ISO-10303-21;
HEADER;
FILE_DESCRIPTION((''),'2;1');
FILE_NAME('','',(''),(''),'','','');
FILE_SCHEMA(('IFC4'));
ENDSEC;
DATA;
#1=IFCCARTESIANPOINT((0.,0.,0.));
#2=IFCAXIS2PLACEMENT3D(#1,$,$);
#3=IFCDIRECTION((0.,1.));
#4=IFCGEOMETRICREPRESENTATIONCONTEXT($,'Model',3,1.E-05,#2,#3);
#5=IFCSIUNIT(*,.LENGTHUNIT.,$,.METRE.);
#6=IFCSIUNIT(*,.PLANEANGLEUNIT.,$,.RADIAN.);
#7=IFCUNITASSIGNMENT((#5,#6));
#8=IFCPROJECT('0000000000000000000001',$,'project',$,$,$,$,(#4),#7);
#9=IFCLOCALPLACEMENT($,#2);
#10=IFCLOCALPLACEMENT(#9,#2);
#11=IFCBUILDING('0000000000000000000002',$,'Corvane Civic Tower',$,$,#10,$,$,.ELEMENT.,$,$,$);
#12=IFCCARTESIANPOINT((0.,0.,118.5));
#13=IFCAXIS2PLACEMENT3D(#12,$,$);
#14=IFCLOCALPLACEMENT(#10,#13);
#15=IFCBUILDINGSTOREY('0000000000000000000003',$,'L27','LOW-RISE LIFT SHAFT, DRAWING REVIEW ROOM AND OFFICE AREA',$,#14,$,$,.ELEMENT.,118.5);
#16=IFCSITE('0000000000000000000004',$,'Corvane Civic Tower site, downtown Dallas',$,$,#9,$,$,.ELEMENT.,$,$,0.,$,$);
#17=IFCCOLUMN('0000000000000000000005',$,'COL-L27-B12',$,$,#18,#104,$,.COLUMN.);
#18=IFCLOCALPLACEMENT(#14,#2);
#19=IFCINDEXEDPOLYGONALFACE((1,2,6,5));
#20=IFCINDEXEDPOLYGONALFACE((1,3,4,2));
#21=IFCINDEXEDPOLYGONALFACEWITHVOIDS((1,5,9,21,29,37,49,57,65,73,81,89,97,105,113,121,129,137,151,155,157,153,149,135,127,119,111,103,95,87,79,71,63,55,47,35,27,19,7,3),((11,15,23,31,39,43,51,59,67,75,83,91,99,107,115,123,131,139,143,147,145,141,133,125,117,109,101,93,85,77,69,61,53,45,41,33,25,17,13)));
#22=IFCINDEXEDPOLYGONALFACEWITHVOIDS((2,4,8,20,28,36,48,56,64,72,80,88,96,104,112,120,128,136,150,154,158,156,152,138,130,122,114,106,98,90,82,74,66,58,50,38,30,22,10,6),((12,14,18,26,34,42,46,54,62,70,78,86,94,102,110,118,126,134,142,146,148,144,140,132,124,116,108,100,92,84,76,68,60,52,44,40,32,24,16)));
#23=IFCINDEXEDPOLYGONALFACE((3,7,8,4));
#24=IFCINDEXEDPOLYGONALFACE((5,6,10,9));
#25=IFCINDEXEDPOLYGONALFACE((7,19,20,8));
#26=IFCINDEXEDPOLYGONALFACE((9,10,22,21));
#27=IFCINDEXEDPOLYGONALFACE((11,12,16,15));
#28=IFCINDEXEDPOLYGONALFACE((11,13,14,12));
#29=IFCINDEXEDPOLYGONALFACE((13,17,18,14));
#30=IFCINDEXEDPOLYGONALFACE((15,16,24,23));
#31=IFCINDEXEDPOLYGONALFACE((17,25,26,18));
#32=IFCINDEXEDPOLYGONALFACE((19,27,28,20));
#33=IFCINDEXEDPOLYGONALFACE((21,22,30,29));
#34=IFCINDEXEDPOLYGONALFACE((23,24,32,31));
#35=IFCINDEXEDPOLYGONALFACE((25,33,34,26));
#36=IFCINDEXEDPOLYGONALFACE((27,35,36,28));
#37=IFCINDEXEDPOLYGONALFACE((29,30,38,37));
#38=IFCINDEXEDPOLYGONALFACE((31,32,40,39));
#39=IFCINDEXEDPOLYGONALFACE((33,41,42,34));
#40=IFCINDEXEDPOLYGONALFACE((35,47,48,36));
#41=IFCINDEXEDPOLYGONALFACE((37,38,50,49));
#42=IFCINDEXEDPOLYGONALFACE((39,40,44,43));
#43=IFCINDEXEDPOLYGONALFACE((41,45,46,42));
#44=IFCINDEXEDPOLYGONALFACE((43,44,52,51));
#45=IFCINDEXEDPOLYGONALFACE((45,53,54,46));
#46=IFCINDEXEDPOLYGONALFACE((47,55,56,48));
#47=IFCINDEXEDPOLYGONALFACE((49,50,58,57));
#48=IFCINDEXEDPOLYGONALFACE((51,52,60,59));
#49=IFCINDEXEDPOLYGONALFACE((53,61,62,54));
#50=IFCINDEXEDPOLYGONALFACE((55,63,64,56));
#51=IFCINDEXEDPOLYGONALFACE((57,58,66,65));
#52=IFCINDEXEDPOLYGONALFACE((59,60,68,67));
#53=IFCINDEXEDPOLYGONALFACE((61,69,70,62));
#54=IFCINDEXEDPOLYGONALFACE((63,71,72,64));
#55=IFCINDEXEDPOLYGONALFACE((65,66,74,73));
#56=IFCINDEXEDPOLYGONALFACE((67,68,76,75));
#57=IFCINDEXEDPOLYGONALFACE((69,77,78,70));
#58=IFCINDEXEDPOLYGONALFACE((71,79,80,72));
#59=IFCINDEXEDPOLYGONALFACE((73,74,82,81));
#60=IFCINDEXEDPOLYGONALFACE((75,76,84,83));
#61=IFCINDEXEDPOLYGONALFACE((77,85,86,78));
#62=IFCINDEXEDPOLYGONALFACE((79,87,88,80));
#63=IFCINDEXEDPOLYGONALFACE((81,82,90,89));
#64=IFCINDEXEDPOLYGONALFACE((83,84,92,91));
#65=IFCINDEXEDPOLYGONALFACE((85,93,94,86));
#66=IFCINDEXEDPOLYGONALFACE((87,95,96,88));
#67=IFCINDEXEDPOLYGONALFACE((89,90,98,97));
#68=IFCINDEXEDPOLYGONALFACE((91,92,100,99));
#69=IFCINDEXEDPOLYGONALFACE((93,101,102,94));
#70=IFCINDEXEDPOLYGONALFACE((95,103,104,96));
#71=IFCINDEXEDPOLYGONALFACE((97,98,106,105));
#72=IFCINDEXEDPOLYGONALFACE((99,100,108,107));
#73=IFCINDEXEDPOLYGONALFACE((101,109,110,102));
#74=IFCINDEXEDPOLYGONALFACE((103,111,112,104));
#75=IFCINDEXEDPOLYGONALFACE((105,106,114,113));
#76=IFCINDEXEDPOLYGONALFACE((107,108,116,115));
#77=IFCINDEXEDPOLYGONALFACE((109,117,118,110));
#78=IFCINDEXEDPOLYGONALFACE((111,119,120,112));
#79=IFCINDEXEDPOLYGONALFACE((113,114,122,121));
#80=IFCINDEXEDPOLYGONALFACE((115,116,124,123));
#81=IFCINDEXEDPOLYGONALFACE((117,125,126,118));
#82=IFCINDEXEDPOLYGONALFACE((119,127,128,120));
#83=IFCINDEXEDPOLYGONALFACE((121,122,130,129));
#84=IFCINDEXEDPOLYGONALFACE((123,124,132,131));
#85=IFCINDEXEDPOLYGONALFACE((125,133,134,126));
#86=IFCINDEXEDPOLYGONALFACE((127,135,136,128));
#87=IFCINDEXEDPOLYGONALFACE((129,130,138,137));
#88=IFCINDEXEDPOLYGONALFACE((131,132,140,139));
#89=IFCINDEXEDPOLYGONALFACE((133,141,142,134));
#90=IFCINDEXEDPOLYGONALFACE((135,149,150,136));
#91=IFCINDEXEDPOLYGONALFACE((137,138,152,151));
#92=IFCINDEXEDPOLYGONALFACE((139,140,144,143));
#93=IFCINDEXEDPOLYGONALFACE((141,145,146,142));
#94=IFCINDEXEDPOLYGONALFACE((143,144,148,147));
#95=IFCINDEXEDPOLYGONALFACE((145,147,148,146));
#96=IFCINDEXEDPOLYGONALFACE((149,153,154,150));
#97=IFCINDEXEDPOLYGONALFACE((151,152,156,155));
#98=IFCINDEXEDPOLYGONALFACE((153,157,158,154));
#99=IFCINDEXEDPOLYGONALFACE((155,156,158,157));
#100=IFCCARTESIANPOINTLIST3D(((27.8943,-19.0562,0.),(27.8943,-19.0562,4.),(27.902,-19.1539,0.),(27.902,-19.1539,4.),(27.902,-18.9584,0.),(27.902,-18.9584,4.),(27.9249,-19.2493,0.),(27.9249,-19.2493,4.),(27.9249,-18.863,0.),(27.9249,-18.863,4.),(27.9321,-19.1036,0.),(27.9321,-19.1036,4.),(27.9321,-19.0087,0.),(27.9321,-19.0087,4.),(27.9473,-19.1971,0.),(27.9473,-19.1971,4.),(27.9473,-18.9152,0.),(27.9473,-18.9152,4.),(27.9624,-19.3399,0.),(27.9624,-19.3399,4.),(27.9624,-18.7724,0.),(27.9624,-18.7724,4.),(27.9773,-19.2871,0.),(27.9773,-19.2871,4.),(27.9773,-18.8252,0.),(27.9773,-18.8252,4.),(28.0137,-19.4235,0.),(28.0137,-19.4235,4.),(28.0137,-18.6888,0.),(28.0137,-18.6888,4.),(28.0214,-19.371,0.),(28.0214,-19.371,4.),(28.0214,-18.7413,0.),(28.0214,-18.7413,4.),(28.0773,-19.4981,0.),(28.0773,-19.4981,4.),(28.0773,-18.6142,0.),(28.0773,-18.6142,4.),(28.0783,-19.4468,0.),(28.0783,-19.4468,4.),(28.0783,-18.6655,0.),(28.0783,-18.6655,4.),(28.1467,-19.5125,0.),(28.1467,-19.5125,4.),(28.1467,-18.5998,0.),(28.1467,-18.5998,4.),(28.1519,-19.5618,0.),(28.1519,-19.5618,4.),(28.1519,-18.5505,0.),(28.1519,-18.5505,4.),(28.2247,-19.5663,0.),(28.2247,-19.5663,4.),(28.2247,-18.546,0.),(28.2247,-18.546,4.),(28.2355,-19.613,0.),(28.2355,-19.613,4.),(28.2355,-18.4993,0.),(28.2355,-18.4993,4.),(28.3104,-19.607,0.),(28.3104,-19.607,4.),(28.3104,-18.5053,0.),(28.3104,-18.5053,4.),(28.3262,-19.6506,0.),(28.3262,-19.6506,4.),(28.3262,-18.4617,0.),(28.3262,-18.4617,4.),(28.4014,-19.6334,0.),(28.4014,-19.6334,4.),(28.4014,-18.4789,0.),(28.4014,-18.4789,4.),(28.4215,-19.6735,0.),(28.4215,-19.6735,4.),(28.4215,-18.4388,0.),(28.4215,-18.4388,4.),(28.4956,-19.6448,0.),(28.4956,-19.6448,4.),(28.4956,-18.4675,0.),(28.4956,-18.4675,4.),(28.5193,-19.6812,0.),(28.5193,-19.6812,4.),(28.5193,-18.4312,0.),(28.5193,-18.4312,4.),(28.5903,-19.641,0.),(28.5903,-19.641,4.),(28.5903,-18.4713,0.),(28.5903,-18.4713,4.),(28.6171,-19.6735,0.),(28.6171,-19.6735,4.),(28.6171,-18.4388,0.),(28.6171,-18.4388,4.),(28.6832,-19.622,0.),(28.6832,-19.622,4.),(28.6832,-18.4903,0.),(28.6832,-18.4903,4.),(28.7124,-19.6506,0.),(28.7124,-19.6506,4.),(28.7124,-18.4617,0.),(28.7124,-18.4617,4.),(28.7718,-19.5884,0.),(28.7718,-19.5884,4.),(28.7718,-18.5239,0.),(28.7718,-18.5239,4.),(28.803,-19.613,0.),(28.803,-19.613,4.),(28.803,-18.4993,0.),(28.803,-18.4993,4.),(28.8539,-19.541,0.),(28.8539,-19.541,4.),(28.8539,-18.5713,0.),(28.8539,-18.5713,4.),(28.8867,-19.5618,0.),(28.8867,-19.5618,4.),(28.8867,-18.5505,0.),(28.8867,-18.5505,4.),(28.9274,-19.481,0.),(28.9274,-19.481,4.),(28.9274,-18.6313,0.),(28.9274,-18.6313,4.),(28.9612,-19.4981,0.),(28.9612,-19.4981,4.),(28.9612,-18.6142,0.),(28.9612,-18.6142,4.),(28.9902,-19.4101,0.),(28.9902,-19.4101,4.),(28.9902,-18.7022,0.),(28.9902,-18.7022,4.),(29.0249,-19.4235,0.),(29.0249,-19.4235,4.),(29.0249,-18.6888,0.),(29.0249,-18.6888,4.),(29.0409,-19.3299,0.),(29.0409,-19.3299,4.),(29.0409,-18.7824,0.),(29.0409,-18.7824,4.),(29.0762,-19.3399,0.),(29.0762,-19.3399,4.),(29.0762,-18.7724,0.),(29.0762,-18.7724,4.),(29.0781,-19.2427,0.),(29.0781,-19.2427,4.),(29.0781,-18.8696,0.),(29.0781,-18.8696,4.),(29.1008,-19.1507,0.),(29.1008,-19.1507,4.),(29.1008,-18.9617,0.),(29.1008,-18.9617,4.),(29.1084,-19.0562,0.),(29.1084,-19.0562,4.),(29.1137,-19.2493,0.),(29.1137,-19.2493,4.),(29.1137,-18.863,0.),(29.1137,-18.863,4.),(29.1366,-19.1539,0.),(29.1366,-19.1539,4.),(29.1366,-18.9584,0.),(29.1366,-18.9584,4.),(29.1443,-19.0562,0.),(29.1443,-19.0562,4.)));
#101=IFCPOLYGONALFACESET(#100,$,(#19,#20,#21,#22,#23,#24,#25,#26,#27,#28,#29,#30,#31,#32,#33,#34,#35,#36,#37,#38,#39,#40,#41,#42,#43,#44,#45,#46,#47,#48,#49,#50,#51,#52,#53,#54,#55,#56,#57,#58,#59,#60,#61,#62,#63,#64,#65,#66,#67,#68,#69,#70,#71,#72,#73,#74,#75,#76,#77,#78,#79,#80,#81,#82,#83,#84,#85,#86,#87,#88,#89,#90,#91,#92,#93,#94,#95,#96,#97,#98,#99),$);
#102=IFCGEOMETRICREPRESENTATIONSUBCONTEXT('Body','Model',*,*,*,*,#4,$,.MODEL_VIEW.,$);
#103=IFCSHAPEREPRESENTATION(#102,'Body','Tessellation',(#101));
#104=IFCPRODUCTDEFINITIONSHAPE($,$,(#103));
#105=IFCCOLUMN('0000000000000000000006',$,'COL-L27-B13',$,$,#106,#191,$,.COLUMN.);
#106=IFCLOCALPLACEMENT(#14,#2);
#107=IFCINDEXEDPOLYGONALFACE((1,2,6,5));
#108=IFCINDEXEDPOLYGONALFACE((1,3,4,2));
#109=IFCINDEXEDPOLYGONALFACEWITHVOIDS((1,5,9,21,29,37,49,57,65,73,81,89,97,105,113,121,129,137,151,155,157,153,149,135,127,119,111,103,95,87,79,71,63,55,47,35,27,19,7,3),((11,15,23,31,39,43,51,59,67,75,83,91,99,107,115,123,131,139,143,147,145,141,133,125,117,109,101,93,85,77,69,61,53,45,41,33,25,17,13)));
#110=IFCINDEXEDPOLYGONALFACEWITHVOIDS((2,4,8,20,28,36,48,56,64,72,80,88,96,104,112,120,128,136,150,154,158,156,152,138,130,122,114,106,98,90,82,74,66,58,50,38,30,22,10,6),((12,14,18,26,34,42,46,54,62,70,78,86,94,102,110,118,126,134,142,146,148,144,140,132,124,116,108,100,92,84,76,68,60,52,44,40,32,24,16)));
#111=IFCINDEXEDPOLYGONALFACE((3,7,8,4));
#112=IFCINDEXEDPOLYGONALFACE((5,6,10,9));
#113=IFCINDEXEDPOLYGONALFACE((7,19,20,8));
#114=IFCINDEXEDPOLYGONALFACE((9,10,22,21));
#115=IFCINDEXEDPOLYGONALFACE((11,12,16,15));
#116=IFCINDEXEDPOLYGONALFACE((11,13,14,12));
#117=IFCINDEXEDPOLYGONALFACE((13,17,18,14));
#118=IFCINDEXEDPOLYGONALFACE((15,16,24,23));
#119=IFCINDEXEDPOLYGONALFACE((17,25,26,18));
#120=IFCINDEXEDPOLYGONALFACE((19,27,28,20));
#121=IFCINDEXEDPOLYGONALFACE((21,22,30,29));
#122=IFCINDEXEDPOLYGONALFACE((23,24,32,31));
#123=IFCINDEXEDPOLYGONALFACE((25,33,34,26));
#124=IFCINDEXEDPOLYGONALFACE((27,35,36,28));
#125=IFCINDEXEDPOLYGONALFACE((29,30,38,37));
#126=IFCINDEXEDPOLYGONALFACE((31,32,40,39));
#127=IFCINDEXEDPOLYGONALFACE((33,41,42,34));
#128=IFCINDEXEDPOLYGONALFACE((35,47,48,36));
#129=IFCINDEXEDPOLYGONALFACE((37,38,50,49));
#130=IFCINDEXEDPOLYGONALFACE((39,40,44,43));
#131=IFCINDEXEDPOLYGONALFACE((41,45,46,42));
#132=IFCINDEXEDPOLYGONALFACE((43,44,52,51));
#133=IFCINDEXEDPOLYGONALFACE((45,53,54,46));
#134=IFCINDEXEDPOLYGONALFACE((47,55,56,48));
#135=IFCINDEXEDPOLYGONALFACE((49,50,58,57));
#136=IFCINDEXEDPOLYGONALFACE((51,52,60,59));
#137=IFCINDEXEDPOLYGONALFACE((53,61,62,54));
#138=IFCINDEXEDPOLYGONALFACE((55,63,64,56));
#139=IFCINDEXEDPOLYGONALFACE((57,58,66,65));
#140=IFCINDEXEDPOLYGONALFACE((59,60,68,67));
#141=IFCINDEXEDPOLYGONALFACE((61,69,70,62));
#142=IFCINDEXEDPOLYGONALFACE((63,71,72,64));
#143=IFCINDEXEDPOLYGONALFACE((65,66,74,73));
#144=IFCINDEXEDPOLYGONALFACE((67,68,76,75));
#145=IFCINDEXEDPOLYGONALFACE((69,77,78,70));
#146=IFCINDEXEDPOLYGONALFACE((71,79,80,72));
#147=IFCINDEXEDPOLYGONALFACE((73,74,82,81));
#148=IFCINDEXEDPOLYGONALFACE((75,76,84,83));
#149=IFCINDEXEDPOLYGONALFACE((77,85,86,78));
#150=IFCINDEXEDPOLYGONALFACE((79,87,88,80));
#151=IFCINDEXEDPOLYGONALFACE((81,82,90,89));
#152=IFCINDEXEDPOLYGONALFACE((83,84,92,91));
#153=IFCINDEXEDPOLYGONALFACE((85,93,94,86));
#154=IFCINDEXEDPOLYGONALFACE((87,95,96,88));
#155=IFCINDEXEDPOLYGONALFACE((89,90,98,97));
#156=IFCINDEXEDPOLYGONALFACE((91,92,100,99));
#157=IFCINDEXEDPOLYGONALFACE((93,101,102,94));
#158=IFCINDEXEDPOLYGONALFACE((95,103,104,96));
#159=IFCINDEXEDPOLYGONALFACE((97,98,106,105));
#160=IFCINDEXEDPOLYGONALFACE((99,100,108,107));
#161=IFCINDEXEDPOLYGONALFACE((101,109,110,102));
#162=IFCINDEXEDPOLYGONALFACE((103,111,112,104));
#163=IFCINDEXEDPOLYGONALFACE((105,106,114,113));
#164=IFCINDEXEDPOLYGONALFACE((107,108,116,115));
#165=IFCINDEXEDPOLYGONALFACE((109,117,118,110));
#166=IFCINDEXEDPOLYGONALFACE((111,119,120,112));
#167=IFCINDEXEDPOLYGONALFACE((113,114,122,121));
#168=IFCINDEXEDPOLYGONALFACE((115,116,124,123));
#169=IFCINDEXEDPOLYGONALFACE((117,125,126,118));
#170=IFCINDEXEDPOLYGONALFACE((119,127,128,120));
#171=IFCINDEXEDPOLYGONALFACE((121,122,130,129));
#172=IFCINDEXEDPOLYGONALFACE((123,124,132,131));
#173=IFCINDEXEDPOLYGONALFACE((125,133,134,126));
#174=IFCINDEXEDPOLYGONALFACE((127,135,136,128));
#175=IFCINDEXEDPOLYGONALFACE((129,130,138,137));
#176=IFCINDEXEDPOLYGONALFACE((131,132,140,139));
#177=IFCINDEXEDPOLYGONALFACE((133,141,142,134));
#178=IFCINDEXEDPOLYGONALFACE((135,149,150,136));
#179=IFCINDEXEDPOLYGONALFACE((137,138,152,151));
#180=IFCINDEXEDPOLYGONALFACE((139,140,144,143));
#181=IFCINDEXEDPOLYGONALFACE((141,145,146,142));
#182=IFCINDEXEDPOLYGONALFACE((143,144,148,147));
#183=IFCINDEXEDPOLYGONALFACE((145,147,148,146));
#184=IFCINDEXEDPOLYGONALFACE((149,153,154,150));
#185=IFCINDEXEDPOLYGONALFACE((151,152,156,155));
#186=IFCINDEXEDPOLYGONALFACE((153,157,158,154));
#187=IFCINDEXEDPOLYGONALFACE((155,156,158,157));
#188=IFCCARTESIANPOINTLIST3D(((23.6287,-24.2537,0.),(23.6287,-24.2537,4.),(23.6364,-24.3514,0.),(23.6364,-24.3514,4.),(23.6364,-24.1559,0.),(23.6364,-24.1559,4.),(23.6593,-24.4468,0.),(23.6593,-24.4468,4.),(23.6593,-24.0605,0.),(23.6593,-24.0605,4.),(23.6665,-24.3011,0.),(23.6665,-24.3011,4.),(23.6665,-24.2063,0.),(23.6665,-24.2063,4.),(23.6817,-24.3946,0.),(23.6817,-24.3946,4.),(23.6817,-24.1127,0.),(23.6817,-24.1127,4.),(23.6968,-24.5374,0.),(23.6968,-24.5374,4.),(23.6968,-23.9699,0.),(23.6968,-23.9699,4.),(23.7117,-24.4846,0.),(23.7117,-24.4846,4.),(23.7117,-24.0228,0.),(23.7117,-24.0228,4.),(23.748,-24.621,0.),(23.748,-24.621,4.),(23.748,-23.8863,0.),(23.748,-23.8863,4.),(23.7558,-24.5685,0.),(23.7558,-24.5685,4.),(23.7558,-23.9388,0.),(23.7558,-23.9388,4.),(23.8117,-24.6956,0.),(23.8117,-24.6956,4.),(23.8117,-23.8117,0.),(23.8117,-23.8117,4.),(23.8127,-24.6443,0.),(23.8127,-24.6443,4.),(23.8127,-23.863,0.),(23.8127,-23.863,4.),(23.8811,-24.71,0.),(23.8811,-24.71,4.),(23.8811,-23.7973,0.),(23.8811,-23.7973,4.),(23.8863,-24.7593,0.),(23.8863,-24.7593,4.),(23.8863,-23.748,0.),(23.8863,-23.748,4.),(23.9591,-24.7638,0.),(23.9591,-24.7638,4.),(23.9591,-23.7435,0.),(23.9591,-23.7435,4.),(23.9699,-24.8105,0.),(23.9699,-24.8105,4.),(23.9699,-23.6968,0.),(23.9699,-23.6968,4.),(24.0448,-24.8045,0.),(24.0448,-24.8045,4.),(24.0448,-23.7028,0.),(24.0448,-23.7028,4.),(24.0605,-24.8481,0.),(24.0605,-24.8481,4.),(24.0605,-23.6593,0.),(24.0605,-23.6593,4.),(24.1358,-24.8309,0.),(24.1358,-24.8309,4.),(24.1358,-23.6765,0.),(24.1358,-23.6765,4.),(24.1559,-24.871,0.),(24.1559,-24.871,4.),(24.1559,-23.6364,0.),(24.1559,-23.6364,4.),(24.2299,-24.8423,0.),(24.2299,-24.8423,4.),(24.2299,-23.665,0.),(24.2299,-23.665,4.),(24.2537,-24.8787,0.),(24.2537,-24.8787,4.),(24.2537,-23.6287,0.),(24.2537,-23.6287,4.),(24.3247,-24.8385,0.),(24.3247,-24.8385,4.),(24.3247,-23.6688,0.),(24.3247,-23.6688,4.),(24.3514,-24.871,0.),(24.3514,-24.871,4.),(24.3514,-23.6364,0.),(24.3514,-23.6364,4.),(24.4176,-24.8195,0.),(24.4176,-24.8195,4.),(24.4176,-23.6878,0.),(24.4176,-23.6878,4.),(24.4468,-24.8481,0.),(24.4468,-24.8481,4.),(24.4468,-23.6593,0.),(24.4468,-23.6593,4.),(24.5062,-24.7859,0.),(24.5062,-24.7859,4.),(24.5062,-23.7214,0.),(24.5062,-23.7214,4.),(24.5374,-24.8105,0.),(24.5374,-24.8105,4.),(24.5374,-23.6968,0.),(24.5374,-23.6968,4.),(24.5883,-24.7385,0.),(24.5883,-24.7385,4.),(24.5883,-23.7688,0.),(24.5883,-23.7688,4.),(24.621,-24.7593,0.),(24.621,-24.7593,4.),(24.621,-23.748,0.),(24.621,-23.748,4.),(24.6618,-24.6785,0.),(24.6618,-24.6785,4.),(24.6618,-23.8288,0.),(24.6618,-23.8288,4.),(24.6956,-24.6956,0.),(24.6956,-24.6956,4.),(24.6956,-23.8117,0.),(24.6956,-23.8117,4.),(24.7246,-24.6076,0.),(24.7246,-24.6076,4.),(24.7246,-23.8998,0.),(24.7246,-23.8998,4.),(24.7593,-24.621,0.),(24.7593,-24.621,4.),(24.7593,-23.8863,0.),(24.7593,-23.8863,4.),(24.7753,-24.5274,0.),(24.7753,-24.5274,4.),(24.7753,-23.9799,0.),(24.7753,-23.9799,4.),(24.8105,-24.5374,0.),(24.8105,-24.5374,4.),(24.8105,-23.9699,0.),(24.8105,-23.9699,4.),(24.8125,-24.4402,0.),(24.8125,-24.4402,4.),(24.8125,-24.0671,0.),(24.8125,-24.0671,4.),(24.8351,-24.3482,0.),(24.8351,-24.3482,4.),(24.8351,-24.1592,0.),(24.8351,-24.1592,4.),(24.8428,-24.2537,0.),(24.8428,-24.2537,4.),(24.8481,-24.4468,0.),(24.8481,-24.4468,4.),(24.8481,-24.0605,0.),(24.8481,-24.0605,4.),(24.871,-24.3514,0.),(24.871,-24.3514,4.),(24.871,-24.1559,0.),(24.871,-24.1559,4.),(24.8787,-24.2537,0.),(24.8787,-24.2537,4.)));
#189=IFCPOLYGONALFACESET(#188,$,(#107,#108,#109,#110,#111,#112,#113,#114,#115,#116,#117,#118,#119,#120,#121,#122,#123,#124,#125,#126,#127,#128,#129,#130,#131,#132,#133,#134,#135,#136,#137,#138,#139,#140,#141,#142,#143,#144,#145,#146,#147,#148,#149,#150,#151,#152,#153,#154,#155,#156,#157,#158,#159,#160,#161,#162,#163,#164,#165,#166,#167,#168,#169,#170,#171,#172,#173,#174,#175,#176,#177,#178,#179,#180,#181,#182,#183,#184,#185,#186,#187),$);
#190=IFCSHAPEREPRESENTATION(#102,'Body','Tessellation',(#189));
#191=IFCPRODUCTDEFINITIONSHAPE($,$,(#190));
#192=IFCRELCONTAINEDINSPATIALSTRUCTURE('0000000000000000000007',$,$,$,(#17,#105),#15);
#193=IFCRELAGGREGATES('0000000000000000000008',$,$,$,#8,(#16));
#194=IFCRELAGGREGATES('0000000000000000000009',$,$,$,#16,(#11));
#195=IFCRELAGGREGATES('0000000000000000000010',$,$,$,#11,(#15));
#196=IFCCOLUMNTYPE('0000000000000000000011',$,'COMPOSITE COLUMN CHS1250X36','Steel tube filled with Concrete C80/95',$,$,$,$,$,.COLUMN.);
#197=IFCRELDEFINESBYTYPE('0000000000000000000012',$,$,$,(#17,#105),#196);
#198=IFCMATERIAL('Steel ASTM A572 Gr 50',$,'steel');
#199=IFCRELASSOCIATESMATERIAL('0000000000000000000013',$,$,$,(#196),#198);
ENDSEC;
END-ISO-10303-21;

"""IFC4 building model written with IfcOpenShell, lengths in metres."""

from ifc_helpers import new_model, si_unit, direction, frame, origin, origin_2d, place, context, subcontext, project, spatial, hollow_circle, extrude, material, material_profile, profile_set, type_object, element, save


model = new_model("IFC4")

# Units and contexts
model_context = context("Model", 3, precision=1e-05, world=origin(), true_north=direction((0.0, 1.0)))
body_context = subcontext(model_context, "Body", "Model", "MODEL_VIEW")
ifc_project = project(units=[si_unit("LENGTHUNIT", "METRE"), si_unit("PLANEANGLEUNIT", "RADIAN")], contexts=[model_context])

# Site, building, storey
site_placement = place(None, origin())
site = spatial("IfcSite", under=ifc_project, at=site_placement, Name="Corvane Civic Tower site, downtown Dallas", CompositionType="ELEMENT", RefElevation=0.0)
building_placement = place(site_placement, origin())
building = spatial("IfcBuilding", under=site, at=building_placement, Name="Corvane Civic Tower", CompositionType="ELEMENT")
storey_placement = place(building_placement, frame((0.0, 0.0, 118.5)))
storey = spatial("IfcBuildingStorey", under=building, at=storey_placement, Name="L27", Description="LOW-RISE LIFT SHAFT, DRAWING REVIEW ROOM AND OFFICE AREA", CompositionType="ELEMENT", Elevation=118.5)

# Columns
ifc_material_1 = material(Name="Steel ASTM A572 Gr 50", Category="steel")
ifc_material_profile_1 = material_profile(ifc_material_1, hollow_circle(Radius=0.625, WallThickness=0.0359, at=origin_2d()), Name="CHS1250X36")
ifc_profile_set_1 = profile_set([ifc_material_profile_1], Name="Steel ASTM A572 Gr 50")
column_type = type_object("IfcColumnType", Name="COMPOSITE COLUMN CHS1250X36", Description="Steel tube filled with Concrete C80/95", PredefinedType="COLUMN", material=ifc_profile_set_1)
for number, where, z_axis, x_axis, name in (
    (1, (28.5193, -19.0562, 0.0), (0.0, 0.0, 1.0), (1.0, 0.0, 0.0), "COL-L27-B12"),
    (2, (24.2537, -24.2537, 0.0), (0.0, 0.0, 1.0), (1.0, 0.0, 0.0), "COL-L27-B13"),
):
    element("IfcColumn", number, at=place(storey_placement, frame(where, z_axis=z_axis, x_axis=x_axis)), inside=storey, type_object=column_type, Name=name, PredefinedType="COLUMN", context=body_context, shape_type="SweptSolid", body=[
        extrude(hollow_circle(Radius=0.625, WallThickness=0.0359, at=origin_2d()), origin(), (0.0, 0.0, 1.0), 4.0),
    ])

save(model, "model.ifc")
